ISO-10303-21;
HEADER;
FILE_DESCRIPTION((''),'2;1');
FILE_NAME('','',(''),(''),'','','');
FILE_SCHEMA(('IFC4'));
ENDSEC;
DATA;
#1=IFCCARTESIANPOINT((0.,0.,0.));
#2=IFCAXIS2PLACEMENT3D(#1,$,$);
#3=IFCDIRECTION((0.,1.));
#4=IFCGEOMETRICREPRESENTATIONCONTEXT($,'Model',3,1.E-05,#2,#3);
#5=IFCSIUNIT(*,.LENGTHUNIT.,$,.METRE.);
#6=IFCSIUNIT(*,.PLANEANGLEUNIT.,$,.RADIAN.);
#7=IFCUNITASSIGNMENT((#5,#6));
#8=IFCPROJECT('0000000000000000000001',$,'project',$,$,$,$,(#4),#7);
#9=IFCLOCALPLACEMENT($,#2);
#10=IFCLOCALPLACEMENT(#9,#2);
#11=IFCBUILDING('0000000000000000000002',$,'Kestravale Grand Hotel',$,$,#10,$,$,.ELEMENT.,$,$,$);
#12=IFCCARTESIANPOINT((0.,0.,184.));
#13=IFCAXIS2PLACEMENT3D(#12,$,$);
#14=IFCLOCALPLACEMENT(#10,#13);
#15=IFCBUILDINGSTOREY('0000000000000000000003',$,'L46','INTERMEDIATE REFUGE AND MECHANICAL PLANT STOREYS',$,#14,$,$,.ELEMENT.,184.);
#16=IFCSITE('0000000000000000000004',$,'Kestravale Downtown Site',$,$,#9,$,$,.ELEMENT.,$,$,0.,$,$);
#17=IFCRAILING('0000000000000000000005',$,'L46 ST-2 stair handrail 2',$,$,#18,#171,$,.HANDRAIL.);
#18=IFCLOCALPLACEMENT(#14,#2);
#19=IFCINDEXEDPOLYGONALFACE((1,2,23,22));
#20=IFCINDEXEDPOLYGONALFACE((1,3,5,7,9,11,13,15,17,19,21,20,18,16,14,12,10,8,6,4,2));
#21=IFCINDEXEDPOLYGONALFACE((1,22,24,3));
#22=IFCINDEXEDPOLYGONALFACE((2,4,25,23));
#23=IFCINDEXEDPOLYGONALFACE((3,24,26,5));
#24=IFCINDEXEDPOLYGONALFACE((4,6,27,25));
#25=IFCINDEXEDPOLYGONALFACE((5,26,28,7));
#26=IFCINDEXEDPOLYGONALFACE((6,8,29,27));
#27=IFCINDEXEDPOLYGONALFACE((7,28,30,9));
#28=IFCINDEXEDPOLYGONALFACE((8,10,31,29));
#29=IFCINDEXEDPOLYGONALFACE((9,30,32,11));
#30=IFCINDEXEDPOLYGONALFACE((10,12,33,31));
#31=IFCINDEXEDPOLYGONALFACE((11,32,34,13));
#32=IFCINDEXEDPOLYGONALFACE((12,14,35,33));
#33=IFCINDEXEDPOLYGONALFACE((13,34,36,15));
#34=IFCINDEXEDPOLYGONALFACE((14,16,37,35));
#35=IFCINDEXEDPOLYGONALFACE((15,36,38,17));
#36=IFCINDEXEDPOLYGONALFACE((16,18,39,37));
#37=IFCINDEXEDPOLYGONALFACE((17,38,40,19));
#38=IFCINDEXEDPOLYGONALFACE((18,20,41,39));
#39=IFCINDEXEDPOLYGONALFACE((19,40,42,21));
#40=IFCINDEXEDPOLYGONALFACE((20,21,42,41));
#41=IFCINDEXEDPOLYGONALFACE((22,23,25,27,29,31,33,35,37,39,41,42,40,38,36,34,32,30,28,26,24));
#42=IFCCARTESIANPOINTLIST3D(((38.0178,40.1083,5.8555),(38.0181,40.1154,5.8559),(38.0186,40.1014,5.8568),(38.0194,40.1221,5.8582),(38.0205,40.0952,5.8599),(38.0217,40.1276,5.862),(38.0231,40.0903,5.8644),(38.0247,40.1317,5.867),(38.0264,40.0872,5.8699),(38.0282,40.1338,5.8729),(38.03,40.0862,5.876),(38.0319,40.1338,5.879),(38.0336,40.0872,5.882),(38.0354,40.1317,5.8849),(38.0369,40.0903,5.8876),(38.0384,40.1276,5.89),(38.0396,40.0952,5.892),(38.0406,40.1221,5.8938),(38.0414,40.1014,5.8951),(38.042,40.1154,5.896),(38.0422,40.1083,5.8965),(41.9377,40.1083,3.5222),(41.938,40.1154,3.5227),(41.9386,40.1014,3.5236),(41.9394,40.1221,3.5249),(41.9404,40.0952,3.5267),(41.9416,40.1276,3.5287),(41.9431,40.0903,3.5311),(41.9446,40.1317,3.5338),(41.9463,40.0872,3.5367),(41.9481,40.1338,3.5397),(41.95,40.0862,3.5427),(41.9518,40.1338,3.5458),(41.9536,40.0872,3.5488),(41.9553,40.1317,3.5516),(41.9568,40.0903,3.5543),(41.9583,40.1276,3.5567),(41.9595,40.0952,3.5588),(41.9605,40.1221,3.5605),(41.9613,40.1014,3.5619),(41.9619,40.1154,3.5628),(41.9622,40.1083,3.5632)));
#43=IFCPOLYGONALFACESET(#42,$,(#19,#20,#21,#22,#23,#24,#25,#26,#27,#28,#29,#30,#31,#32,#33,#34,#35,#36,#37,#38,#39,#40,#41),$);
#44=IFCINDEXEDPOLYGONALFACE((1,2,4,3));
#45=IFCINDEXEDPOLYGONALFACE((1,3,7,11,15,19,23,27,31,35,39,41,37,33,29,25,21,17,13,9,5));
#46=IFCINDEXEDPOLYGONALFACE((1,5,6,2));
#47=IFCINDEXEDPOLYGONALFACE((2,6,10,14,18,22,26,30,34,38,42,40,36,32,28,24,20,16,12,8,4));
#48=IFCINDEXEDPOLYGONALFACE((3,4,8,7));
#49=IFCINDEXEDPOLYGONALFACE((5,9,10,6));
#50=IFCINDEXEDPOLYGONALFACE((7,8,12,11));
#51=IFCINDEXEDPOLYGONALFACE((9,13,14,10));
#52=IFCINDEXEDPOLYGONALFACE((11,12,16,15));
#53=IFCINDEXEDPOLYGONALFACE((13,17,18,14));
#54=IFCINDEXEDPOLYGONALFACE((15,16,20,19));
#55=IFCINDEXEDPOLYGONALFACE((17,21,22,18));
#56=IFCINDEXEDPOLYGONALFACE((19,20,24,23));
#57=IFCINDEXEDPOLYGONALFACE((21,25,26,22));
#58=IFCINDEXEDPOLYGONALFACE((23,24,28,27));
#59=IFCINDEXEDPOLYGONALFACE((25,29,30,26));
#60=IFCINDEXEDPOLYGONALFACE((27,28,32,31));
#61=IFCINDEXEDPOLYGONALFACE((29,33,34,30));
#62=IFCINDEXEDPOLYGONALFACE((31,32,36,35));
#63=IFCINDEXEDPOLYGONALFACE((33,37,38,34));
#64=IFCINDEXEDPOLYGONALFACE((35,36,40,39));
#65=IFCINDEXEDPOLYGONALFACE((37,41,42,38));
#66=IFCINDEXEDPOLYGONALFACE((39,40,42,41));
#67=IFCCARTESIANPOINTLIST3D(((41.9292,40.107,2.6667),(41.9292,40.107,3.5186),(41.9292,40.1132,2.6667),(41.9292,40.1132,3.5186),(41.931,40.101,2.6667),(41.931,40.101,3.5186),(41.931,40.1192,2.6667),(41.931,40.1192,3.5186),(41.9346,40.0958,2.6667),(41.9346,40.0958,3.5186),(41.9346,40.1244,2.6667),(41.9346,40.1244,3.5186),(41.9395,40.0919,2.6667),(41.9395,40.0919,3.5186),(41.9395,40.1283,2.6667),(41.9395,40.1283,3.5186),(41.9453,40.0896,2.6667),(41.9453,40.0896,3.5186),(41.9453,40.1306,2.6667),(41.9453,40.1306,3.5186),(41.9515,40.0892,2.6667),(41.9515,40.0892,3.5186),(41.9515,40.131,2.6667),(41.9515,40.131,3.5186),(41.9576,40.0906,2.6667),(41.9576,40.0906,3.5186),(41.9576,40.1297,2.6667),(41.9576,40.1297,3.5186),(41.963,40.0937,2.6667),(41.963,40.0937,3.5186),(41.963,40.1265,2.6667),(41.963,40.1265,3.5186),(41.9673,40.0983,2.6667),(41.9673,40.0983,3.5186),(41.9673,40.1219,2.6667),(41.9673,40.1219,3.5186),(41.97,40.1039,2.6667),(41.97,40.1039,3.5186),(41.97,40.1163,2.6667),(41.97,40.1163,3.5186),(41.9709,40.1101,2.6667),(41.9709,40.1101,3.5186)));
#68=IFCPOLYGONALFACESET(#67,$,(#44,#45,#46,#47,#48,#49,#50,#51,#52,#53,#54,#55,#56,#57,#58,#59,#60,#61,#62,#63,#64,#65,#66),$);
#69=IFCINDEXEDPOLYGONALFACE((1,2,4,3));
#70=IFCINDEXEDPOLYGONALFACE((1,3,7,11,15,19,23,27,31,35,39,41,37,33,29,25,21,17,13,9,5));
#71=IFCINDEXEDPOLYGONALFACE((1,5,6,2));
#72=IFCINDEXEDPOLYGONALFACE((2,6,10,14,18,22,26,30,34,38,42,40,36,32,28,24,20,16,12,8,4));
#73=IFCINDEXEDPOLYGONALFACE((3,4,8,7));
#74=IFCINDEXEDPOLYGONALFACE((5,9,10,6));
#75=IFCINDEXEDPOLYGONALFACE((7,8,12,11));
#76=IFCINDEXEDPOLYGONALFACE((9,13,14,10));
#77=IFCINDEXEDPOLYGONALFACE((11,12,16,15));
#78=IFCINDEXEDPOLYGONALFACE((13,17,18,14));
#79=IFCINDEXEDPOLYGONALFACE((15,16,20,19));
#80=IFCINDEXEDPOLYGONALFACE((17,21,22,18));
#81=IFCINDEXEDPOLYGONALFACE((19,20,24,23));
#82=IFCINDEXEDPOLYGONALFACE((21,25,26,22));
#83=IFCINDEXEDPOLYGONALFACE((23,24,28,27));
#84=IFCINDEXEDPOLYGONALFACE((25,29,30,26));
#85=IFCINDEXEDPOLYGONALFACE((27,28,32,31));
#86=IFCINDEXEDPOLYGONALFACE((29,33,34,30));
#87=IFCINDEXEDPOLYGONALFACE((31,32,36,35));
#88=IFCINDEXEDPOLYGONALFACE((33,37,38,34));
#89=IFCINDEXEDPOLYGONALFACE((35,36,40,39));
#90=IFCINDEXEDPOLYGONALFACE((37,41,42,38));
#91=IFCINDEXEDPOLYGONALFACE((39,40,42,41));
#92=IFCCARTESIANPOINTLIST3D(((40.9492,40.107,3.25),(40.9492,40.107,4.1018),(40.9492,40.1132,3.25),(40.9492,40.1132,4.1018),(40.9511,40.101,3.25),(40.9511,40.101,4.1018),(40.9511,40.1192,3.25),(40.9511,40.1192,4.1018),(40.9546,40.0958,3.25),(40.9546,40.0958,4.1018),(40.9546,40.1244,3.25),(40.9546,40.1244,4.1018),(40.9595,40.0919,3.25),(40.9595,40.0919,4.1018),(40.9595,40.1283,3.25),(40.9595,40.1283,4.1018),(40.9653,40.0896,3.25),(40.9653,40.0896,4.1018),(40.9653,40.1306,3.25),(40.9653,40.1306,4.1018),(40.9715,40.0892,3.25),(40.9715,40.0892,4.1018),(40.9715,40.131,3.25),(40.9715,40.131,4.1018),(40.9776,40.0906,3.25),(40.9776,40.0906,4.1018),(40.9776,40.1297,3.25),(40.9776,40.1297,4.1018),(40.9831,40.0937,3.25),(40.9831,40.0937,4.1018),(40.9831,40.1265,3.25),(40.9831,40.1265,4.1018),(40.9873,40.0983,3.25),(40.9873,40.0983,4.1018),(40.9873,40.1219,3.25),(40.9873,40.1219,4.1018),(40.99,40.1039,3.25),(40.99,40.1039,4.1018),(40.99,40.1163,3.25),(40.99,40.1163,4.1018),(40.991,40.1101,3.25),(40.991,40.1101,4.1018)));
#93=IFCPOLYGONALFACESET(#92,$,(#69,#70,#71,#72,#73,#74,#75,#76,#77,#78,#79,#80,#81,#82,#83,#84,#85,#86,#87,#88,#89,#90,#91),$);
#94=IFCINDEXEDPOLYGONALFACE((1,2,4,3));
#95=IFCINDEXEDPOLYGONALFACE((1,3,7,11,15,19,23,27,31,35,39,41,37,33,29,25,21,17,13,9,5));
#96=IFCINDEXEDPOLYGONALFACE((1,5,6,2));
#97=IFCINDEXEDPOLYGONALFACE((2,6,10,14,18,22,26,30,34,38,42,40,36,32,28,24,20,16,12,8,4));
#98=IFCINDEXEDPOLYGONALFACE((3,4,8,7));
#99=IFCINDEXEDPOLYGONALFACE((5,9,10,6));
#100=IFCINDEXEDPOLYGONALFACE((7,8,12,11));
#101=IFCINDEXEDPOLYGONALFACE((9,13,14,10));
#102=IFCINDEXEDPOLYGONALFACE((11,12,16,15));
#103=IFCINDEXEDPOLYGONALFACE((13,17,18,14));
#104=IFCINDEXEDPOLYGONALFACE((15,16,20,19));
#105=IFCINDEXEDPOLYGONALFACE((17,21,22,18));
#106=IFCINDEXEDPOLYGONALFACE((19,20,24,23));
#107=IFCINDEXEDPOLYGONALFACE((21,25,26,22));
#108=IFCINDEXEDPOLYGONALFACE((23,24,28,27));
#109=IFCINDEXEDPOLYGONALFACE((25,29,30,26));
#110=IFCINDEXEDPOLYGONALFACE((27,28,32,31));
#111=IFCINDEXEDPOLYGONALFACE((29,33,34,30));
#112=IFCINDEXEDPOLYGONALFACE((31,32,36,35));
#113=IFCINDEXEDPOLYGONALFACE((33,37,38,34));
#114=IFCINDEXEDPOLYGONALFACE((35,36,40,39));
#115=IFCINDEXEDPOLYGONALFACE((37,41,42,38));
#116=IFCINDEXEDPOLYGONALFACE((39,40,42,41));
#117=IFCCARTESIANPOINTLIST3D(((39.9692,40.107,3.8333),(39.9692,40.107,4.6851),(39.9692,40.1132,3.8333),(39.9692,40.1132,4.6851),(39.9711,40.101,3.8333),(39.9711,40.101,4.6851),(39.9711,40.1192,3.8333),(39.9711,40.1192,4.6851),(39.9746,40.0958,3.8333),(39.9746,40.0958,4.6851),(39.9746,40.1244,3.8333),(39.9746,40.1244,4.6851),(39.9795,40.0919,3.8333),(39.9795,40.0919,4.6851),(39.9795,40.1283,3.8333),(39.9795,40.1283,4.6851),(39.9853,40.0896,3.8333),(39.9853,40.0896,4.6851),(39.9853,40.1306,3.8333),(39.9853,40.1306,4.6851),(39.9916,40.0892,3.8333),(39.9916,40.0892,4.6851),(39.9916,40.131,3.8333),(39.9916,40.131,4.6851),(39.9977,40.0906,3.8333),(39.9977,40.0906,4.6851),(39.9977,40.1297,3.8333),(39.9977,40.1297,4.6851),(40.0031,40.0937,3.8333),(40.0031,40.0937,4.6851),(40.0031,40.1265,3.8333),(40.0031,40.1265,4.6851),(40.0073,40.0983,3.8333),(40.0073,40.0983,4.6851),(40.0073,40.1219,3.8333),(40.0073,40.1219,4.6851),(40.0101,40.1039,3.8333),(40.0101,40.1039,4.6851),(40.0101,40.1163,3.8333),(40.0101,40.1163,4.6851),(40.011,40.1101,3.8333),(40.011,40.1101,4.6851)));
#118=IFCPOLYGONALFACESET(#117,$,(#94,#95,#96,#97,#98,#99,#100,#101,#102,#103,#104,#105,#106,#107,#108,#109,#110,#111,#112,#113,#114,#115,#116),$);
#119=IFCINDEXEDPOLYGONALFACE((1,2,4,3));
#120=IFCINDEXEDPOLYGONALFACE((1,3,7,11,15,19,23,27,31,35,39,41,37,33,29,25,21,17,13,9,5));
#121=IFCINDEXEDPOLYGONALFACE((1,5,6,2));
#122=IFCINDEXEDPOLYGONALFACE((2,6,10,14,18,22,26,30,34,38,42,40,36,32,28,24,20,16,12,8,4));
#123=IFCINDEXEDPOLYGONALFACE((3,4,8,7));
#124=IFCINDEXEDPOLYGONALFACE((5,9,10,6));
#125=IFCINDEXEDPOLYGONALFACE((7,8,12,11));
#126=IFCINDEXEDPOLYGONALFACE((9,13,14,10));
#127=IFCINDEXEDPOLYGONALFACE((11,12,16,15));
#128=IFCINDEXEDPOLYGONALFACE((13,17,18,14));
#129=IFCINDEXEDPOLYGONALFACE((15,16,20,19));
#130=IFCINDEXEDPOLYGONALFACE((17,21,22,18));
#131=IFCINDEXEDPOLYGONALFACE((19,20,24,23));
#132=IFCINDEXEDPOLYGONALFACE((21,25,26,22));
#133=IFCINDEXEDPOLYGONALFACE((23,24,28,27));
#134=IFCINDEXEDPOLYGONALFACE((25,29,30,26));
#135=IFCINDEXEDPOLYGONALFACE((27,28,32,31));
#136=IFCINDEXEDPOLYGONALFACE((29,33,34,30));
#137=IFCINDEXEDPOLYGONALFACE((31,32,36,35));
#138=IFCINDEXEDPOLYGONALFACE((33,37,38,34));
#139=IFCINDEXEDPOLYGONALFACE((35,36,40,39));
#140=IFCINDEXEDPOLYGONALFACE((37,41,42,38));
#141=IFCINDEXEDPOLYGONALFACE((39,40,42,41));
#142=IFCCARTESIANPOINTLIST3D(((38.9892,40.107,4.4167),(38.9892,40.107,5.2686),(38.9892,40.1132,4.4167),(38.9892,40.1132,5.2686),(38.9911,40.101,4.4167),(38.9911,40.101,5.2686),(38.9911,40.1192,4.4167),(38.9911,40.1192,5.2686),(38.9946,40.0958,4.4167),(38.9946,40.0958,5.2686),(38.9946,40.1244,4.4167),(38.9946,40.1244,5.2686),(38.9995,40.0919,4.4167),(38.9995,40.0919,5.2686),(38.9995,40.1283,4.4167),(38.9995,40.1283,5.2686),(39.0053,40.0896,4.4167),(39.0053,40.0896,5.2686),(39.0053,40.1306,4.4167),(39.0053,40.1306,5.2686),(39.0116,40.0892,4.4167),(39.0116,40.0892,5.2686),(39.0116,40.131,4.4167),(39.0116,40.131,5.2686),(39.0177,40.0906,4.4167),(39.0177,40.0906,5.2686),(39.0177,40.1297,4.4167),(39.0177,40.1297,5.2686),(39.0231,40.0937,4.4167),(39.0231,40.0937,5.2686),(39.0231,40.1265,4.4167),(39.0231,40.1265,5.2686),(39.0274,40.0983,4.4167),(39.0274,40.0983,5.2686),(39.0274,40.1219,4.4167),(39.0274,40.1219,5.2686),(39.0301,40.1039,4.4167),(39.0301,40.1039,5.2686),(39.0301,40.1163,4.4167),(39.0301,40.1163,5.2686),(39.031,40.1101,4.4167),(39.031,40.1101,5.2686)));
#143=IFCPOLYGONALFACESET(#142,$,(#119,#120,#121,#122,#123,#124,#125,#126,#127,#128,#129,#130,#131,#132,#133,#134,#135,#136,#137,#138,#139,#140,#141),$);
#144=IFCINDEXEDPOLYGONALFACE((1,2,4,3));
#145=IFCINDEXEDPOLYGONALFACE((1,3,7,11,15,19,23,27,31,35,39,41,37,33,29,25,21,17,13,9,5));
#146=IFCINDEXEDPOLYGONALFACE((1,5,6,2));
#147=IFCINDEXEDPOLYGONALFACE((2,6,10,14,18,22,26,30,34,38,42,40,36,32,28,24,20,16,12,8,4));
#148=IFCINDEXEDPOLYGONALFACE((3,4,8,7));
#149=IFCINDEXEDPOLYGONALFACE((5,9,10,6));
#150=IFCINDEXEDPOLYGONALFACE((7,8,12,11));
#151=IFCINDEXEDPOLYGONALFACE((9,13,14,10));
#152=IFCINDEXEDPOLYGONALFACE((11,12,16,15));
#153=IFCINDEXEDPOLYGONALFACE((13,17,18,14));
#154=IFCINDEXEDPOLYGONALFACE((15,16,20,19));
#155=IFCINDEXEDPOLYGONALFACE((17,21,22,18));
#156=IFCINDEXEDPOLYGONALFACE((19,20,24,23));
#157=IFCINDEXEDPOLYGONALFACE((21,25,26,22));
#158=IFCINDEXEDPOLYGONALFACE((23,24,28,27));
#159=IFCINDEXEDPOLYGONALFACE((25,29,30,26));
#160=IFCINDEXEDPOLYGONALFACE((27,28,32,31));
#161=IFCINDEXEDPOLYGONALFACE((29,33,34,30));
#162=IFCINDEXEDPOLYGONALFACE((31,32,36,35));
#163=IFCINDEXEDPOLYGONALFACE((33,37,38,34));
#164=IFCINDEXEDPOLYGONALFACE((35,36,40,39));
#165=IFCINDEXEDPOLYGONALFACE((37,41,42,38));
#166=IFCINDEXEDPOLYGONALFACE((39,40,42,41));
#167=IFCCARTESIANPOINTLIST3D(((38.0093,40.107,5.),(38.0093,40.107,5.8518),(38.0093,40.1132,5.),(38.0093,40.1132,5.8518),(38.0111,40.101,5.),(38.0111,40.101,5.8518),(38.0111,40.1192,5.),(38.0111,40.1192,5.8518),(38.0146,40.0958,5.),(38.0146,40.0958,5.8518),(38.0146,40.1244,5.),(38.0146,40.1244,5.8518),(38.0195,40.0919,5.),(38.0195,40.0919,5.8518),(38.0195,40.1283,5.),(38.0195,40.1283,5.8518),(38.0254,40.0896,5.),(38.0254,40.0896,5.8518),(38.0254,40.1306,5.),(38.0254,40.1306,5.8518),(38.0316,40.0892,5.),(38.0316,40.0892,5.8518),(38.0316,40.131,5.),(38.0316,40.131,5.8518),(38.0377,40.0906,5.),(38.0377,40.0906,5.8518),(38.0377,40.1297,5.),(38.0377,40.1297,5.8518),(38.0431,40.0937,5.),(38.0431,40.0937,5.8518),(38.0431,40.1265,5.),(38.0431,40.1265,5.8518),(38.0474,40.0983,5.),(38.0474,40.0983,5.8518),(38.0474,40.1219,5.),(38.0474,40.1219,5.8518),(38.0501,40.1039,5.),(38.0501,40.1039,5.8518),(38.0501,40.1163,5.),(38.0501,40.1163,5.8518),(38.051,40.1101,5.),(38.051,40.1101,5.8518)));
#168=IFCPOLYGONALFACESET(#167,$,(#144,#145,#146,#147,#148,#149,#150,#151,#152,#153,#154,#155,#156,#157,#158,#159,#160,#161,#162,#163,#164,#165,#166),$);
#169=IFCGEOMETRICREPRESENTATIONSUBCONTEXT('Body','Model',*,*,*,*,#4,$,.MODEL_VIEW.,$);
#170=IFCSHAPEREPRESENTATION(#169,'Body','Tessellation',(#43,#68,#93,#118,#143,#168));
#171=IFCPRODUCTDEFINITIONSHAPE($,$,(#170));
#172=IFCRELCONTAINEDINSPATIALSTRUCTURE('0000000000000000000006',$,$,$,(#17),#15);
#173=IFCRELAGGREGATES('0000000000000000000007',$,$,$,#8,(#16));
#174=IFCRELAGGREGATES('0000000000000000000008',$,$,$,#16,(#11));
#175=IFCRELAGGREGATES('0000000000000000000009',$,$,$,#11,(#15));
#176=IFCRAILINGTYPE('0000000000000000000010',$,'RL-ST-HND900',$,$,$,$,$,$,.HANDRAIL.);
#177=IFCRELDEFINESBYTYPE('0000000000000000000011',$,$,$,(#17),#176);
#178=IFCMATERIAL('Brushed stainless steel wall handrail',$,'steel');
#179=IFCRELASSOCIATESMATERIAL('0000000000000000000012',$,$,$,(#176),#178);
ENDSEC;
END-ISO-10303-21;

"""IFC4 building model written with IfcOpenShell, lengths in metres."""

from ifc_helpers import new_model, si_unit, direction, frame, origin, origin_2d, place, context, subcontext, project, spatial, circle, extrude, material, type_object, element, save


model = new_model("IFC4")

# Units and contexts
model_context = context("Model", 3, precision=1e-05, world=origin(), true_north=direction((0.0, 1.0)))
body_context = subcontext(model_context, "Body", "Model", "MODEL_VIEW")
ifc_project = project(units=[si_unit("LENGTHUNIT", "METRE"), si_unit("PLANEANGLEUNIT", "RADIAN")], contexts=[model_context])

# Site, building, storey
site_placement = place(None, origin())
site = spatial("IfcSite", under=ifc_project, at=site_placement, Name="Kestravale Downtown Site", CompositionType="ELEMENT", RefElevation=0.0)
building_placement = place(site_placement, origin())
building = spatial("IfcBuilding", under=site, at=building_placement, Name="Kestravale Grand Hotel", CompositionType="ELEMENT")
storey_placement = place(building_placement, frame((0.0, 0.0, 184.0)))
storey = spatial("IfcBuildingStorey", under=building, at=storey_placement, Name="L46", Description="INTERMEDIATE REFUGE AND MECHANICAL PLANT STOREYS", CompositionType="ELEMENT", Elevation=184.0)

# Railing
ifc_material_1 = material(Name="Brushed stainless steel wall handrail", Category="steel")
railing_type_1 = type_object("IfcRailingType", Name="RL-ST-HND900", PredefinedType="HANDRAIL", material=ifc_material_1)
railing_1_placement = place(storey_placement, frame((41.95, 40.1101, 2.6667)))
element("IfcRailing", 1, at=railing_1_placement, inside=storey, type_object=railing_type_1, Name="L46 ST-2 stair handrail 2", PredefinedType="HANDRAIL", context=body_context, shape_type="SweptSolid", body=[
    extrude(circle(Radius=0.0239, at=origin_2d()), frame((0.0, 0.0, 0.876), z_axis=(-0.859296, 0.0, 0.511478), x_axis=(0.0, -1.0, 0.0)), (0.0, 0.0, 1.0), 4.5618),
    extrude(circle(Radius=0.021, at=origin_2d()), origin(), (0.0, 0.0, 1.0), 0.8518),
    extrude(circle(Radius=0.021, at=origin_2d()), frame((-0.98, 0.0, 0.5833)), (0.0, 0.0, 1.0), 0.8518),
    extrude(circle(Radius=0.021, at=origin_2d()), frame((-1.96, 0.0, 1.1665)), (0.0, 0.0, 1.0), 0.8518),
    extrude(circle(Radius=0.021, at=origin_2d()), frame((-2.9399, 0.0, 1.75)), (0.0, 0.0, 1.0), 0.8518),
    extrude(circle(Radius=0.021, at=origin_2d()), frame((-3.9199, 0.0, 2.3333)), (0.0, 0.0, 1.0), 0.8518),
])

save(model, "model.ifc")
